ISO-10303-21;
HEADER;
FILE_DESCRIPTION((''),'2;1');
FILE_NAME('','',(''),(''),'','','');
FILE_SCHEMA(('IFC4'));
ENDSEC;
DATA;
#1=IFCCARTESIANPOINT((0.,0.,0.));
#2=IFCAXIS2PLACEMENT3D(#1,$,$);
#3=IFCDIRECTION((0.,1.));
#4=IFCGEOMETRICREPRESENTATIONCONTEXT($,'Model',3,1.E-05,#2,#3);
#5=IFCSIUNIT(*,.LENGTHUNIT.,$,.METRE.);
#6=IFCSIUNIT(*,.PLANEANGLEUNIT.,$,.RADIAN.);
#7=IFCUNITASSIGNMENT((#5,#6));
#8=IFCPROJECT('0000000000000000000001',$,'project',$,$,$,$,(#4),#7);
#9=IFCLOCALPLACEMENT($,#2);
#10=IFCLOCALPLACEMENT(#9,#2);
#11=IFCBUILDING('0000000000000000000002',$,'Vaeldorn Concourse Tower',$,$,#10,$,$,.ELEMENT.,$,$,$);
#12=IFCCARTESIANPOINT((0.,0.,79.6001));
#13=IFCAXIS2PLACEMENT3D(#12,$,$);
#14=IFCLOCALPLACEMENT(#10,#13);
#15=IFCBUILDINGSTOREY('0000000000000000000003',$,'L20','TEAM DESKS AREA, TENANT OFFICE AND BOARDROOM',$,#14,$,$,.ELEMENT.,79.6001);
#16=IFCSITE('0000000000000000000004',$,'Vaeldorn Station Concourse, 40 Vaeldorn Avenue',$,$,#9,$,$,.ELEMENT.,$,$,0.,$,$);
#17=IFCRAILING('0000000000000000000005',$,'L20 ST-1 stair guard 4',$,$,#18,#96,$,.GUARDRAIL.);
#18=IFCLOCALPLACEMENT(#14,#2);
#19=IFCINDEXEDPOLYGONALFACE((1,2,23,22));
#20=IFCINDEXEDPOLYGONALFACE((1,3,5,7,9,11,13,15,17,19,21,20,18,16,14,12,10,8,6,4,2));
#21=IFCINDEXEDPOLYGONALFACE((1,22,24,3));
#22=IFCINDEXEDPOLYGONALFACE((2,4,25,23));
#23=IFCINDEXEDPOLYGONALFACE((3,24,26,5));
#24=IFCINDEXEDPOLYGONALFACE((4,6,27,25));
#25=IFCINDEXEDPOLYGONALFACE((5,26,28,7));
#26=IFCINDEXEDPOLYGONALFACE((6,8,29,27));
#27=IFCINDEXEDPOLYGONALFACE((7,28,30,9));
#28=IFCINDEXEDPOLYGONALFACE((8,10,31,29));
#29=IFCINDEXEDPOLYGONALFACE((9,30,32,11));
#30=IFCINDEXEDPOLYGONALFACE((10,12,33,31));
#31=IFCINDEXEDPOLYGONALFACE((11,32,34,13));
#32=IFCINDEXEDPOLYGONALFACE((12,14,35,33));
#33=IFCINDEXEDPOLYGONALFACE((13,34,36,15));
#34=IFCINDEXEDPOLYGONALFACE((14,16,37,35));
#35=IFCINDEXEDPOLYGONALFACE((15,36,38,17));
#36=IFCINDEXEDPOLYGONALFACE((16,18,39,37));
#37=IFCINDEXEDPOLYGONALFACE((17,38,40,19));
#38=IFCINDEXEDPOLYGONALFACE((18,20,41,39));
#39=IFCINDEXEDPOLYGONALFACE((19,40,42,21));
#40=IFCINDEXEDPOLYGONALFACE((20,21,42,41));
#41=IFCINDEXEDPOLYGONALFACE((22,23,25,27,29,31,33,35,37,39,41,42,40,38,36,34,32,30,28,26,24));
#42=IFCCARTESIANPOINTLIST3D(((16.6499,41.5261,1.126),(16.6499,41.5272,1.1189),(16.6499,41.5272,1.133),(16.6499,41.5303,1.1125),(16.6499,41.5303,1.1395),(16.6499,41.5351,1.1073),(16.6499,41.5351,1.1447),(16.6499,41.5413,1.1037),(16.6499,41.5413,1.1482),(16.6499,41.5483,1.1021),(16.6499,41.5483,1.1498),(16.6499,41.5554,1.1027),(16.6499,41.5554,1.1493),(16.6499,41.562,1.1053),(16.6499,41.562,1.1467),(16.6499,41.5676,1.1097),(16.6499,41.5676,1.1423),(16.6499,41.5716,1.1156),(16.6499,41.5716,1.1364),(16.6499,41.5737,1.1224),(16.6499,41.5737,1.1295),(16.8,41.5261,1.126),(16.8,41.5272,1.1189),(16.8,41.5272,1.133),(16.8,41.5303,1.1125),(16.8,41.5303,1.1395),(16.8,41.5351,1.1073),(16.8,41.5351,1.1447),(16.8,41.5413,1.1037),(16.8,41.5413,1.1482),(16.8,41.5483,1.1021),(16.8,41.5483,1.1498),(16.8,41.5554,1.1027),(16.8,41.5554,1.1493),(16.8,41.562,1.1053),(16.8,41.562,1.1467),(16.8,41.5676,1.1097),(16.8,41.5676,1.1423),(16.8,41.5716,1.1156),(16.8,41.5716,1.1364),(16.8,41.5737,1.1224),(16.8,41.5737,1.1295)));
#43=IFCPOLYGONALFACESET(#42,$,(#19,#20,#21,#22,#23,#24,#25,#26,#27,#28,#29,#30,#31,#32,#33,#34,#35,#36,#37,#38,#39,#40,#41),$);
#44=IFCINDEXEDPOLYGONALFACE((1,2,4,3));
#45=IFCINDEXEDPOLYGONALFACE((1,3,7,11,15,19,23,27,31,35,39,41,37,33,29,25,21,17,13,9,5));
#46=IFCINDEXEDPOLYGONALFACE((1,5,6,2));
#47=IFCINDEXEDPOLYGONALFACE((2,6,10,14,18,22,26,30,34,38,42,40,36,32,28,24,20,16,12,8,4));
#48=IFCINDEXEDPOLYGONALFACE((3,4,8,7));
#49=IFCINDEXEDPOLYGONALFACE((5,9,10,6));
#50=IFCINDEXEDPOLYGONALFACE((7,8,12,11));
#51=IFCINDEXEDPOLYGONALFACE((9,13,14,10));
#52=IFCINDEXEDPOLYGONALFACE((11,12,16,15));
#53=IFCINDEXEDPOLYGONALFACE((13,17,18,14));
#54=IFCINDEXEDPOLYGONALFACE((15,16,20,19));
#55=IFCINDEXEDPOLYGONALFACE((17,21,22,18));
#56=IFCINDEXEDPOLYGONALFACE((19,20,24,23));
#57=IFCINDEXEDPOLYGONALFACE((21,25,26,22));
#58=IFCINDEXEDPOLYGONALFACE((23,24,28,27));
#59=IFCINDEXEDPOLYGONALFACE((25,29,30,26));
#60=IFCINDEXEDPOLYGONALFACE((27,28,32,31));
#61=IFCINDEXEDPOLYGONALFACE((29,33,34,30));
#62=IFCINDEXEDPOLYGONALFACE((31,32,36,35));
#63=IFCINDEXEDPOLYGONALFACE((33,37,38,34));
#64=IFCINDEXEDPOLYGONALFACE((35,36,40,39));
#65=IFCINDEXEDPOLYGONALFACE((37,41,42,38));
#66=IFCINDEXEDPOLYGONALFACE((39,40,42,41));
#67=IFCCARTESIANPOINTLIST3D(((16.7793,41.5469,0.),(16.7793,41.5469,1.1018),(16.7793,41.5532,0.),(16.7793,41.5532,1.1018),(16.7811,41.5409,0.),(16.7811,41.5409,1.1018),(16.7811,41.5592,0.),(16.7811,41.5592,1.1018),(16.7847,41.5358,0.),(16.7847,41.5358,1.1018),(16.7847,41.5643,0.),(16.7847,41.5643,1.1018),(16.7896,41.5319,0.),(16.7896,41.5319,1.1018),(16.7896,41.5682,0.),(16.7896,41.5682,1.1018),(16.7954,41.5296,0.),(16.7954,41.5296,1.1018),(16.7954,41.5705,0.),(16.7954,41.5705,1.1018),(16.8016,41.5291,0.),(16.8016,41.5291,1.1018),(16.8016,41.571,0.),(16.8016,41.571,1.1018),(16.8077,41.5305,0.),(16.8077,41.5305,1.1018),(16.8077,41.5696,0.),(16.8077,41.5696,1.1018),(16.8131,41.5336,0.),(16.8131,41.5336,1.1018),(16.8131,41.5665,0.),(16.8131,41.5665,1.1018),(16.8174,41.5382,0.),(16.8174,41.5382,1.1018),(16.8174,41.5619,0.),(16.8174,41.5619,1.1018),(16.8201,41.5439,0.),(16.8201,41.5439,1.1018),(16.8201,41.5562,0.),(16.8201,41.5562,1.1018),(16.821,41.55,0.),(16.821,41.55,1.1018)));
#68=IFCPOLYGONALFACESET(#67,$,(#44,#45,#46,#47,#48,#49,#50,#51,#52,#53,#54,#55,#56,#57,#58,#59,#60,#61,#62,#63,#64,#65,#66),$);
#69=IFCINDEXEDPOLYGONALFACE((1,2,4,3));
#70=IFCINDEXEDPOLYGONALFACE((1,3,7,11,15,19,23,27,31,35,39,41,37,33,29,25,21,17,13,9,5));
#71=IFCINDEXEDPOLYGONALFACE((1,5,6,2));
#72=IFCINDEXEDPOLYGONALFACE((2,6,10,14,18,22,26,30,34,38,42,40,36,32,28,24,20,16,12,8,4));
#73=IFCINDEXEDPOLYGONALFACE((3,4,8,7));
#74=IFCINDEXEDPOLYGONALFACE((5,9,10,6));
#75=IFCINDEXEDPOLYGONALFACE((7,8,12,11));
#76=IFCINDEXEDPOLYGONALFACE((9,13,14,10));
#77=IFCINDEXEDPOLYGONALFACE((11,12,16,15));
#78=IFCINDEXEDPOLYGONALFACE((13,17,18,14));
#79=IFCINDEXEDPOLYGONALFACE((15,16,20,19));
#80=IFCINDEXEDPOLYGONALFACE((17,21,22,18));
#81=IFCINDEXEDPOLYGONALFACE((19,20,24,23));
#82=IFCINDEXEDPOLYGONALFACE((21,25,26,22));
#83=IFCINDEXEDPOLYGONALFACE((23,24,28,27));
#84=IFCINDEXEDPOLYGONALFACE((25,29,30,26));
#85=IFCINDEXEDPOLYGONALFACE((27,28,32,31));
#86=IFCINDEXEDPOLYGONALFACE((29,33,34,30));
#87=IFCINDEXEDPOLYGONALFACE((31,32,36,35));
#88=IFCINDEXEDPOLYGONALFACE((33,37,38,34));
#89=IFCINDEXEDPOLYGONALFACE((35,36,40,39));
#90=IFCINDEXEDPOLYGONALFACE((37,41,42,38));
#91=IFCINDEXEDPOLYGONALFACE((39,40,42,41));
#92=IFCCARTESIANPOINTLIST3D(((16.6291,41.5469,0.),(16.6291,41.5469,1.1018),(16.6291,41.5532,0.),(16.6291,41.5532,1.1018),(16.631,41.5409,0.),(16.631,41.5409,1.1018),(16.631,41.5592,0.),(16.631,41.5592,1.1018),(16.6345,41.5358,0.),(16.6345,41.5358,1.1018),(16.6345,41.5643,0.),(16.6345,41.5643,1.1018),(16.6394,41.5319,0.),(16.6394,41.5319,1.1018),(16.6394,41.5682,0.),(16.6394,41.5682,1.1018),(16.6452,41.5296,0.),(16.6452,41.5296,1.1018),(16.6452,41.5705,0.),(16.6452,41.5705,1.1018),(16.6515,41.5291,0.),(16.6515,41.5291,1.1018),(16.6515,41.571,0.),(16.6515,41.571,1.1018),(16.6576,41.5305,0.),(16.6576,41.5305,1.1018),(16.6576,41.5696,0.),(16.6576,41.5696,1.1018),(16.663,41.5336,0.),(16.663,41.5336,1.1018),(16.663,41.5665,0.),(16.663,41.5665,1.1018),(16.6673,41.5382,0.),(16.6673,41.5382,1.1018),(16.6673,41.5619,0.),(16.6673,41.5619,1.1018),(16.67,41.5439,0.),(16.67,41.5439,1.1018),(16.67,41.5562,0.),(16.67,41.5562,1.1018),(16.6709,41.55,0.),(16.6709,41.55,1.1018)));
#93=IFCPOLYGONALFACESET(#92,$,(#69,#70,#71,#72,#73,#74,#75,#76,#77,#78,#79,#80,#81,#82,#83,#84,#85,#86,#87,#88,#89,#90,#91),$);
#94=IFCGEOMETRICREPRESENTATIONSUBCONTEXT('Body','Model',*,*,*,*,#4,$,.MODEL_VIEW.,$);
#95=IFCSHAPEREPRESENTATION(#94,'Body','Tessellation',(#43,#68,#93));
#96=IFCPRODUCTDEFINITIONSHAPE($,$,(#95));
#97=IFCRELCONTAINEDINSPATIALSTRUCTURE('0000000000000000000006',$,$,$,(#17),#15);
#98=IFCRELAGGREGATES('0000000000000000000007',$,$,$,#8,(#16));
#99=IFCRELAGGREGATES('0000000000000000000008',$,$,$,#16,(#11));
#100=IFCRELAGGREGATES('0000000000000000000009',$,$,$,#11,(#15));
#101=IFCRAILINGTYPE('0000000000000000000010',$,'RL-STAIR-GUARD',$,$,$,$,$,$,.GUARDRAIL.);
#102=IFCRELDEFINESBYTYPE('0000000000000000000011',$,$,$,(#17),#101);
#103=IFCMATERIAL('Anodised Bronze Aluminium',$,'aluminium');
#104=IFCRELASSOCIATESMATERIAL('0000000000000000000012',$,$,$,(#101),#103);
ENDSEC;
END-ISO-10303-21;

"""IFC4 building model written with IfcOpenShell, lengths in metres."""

from ifc_helpers import new_model, si_unit, direction, frame, origin, origin_2d, place, context, subcontext, project, spatial, circle, extrude, material, type_object, element, save


model = new_model("IFC4")

# Units and contexts
model_context = context("Model", 3, precision=1e-05, world=origin(), true_north=direction((0.0, 1.0)))
body_context = subcontext(model_context, "Body", "Model", "MODEL_VIEW")
ifc_project = project(units=[si_unit("LENGTHUNIT", "METRE"), si_unit("PLANEANGLEUNIT", "RADIAN")], contexts=[model_context])

# Site, building, storey
site_placement = place(None, origin())
site = spatial("IfcSite", under=ifc_project, at=site_placement, Name="Vaeldorn Station Concourse, 40 Vaeldorn Avenue", CompositionType="ELEMENT", RefElevation=0.0)
building_placement = place(site_placement, origin())
building = spatial("IfcBuilding", under=site, at=building_placement, Name="Vaeldorn Concourse Tower", CompositionType="ELEMENT")
storey_placement = place(building_placement, frame((0.0, 0.0, 79.6001)))
storey = spatial("IfcBuildingStorey", under=building, at=storey_placement, Name="L20", Description="TEAM DESKS AREA, TENANT OFFICE AND BOARDROOM", CompositionType="ELEMENT", Elevation=79.6001)

# Shared definitions
ifc_material_1 = material(Name="Anodised Bronze Aluminium", Category="aluminium")

# Railing
railing_type_1 = type_object("IfcRailingType", Name="RL-STAIR-GUARD", PredefinedType="GUARDRAIL", material=ifc_material_1)
railing_1_placement = place(storey_placement, frame((16.8, 41.55, 0.0)))
element("IfcRailing", 1, at=railing_1_placement, inside=storey, type_object=railing_type_1, Name="L20 ST-1 stair guard 4", PredefinedType="GUARDRAIL", context=body_context, shape_type="SweptSolid", body=[
    extrude(circle(Radius=0.0239, at=origin_2d()), frame((0.0, 0.0, 1.126), z_axis=(-1.0, 0.0, 0.0), x_axis=(0.0, -1.0, 0.0)), (0.0, 0.0, 1.0), 0.1501),
    extrude(circle(Radius=0.021, at=origin_2d()), origin(), (0.0, 0.0, 1.0), 1.1018),
    extrude(circle(Radius=0.021, at=origin_2d()), frame((-0.1501, 0.0, 0.0)), (0.0, 0.0, 1.0), 1.1018),
])

save(model, "model.ifc")
